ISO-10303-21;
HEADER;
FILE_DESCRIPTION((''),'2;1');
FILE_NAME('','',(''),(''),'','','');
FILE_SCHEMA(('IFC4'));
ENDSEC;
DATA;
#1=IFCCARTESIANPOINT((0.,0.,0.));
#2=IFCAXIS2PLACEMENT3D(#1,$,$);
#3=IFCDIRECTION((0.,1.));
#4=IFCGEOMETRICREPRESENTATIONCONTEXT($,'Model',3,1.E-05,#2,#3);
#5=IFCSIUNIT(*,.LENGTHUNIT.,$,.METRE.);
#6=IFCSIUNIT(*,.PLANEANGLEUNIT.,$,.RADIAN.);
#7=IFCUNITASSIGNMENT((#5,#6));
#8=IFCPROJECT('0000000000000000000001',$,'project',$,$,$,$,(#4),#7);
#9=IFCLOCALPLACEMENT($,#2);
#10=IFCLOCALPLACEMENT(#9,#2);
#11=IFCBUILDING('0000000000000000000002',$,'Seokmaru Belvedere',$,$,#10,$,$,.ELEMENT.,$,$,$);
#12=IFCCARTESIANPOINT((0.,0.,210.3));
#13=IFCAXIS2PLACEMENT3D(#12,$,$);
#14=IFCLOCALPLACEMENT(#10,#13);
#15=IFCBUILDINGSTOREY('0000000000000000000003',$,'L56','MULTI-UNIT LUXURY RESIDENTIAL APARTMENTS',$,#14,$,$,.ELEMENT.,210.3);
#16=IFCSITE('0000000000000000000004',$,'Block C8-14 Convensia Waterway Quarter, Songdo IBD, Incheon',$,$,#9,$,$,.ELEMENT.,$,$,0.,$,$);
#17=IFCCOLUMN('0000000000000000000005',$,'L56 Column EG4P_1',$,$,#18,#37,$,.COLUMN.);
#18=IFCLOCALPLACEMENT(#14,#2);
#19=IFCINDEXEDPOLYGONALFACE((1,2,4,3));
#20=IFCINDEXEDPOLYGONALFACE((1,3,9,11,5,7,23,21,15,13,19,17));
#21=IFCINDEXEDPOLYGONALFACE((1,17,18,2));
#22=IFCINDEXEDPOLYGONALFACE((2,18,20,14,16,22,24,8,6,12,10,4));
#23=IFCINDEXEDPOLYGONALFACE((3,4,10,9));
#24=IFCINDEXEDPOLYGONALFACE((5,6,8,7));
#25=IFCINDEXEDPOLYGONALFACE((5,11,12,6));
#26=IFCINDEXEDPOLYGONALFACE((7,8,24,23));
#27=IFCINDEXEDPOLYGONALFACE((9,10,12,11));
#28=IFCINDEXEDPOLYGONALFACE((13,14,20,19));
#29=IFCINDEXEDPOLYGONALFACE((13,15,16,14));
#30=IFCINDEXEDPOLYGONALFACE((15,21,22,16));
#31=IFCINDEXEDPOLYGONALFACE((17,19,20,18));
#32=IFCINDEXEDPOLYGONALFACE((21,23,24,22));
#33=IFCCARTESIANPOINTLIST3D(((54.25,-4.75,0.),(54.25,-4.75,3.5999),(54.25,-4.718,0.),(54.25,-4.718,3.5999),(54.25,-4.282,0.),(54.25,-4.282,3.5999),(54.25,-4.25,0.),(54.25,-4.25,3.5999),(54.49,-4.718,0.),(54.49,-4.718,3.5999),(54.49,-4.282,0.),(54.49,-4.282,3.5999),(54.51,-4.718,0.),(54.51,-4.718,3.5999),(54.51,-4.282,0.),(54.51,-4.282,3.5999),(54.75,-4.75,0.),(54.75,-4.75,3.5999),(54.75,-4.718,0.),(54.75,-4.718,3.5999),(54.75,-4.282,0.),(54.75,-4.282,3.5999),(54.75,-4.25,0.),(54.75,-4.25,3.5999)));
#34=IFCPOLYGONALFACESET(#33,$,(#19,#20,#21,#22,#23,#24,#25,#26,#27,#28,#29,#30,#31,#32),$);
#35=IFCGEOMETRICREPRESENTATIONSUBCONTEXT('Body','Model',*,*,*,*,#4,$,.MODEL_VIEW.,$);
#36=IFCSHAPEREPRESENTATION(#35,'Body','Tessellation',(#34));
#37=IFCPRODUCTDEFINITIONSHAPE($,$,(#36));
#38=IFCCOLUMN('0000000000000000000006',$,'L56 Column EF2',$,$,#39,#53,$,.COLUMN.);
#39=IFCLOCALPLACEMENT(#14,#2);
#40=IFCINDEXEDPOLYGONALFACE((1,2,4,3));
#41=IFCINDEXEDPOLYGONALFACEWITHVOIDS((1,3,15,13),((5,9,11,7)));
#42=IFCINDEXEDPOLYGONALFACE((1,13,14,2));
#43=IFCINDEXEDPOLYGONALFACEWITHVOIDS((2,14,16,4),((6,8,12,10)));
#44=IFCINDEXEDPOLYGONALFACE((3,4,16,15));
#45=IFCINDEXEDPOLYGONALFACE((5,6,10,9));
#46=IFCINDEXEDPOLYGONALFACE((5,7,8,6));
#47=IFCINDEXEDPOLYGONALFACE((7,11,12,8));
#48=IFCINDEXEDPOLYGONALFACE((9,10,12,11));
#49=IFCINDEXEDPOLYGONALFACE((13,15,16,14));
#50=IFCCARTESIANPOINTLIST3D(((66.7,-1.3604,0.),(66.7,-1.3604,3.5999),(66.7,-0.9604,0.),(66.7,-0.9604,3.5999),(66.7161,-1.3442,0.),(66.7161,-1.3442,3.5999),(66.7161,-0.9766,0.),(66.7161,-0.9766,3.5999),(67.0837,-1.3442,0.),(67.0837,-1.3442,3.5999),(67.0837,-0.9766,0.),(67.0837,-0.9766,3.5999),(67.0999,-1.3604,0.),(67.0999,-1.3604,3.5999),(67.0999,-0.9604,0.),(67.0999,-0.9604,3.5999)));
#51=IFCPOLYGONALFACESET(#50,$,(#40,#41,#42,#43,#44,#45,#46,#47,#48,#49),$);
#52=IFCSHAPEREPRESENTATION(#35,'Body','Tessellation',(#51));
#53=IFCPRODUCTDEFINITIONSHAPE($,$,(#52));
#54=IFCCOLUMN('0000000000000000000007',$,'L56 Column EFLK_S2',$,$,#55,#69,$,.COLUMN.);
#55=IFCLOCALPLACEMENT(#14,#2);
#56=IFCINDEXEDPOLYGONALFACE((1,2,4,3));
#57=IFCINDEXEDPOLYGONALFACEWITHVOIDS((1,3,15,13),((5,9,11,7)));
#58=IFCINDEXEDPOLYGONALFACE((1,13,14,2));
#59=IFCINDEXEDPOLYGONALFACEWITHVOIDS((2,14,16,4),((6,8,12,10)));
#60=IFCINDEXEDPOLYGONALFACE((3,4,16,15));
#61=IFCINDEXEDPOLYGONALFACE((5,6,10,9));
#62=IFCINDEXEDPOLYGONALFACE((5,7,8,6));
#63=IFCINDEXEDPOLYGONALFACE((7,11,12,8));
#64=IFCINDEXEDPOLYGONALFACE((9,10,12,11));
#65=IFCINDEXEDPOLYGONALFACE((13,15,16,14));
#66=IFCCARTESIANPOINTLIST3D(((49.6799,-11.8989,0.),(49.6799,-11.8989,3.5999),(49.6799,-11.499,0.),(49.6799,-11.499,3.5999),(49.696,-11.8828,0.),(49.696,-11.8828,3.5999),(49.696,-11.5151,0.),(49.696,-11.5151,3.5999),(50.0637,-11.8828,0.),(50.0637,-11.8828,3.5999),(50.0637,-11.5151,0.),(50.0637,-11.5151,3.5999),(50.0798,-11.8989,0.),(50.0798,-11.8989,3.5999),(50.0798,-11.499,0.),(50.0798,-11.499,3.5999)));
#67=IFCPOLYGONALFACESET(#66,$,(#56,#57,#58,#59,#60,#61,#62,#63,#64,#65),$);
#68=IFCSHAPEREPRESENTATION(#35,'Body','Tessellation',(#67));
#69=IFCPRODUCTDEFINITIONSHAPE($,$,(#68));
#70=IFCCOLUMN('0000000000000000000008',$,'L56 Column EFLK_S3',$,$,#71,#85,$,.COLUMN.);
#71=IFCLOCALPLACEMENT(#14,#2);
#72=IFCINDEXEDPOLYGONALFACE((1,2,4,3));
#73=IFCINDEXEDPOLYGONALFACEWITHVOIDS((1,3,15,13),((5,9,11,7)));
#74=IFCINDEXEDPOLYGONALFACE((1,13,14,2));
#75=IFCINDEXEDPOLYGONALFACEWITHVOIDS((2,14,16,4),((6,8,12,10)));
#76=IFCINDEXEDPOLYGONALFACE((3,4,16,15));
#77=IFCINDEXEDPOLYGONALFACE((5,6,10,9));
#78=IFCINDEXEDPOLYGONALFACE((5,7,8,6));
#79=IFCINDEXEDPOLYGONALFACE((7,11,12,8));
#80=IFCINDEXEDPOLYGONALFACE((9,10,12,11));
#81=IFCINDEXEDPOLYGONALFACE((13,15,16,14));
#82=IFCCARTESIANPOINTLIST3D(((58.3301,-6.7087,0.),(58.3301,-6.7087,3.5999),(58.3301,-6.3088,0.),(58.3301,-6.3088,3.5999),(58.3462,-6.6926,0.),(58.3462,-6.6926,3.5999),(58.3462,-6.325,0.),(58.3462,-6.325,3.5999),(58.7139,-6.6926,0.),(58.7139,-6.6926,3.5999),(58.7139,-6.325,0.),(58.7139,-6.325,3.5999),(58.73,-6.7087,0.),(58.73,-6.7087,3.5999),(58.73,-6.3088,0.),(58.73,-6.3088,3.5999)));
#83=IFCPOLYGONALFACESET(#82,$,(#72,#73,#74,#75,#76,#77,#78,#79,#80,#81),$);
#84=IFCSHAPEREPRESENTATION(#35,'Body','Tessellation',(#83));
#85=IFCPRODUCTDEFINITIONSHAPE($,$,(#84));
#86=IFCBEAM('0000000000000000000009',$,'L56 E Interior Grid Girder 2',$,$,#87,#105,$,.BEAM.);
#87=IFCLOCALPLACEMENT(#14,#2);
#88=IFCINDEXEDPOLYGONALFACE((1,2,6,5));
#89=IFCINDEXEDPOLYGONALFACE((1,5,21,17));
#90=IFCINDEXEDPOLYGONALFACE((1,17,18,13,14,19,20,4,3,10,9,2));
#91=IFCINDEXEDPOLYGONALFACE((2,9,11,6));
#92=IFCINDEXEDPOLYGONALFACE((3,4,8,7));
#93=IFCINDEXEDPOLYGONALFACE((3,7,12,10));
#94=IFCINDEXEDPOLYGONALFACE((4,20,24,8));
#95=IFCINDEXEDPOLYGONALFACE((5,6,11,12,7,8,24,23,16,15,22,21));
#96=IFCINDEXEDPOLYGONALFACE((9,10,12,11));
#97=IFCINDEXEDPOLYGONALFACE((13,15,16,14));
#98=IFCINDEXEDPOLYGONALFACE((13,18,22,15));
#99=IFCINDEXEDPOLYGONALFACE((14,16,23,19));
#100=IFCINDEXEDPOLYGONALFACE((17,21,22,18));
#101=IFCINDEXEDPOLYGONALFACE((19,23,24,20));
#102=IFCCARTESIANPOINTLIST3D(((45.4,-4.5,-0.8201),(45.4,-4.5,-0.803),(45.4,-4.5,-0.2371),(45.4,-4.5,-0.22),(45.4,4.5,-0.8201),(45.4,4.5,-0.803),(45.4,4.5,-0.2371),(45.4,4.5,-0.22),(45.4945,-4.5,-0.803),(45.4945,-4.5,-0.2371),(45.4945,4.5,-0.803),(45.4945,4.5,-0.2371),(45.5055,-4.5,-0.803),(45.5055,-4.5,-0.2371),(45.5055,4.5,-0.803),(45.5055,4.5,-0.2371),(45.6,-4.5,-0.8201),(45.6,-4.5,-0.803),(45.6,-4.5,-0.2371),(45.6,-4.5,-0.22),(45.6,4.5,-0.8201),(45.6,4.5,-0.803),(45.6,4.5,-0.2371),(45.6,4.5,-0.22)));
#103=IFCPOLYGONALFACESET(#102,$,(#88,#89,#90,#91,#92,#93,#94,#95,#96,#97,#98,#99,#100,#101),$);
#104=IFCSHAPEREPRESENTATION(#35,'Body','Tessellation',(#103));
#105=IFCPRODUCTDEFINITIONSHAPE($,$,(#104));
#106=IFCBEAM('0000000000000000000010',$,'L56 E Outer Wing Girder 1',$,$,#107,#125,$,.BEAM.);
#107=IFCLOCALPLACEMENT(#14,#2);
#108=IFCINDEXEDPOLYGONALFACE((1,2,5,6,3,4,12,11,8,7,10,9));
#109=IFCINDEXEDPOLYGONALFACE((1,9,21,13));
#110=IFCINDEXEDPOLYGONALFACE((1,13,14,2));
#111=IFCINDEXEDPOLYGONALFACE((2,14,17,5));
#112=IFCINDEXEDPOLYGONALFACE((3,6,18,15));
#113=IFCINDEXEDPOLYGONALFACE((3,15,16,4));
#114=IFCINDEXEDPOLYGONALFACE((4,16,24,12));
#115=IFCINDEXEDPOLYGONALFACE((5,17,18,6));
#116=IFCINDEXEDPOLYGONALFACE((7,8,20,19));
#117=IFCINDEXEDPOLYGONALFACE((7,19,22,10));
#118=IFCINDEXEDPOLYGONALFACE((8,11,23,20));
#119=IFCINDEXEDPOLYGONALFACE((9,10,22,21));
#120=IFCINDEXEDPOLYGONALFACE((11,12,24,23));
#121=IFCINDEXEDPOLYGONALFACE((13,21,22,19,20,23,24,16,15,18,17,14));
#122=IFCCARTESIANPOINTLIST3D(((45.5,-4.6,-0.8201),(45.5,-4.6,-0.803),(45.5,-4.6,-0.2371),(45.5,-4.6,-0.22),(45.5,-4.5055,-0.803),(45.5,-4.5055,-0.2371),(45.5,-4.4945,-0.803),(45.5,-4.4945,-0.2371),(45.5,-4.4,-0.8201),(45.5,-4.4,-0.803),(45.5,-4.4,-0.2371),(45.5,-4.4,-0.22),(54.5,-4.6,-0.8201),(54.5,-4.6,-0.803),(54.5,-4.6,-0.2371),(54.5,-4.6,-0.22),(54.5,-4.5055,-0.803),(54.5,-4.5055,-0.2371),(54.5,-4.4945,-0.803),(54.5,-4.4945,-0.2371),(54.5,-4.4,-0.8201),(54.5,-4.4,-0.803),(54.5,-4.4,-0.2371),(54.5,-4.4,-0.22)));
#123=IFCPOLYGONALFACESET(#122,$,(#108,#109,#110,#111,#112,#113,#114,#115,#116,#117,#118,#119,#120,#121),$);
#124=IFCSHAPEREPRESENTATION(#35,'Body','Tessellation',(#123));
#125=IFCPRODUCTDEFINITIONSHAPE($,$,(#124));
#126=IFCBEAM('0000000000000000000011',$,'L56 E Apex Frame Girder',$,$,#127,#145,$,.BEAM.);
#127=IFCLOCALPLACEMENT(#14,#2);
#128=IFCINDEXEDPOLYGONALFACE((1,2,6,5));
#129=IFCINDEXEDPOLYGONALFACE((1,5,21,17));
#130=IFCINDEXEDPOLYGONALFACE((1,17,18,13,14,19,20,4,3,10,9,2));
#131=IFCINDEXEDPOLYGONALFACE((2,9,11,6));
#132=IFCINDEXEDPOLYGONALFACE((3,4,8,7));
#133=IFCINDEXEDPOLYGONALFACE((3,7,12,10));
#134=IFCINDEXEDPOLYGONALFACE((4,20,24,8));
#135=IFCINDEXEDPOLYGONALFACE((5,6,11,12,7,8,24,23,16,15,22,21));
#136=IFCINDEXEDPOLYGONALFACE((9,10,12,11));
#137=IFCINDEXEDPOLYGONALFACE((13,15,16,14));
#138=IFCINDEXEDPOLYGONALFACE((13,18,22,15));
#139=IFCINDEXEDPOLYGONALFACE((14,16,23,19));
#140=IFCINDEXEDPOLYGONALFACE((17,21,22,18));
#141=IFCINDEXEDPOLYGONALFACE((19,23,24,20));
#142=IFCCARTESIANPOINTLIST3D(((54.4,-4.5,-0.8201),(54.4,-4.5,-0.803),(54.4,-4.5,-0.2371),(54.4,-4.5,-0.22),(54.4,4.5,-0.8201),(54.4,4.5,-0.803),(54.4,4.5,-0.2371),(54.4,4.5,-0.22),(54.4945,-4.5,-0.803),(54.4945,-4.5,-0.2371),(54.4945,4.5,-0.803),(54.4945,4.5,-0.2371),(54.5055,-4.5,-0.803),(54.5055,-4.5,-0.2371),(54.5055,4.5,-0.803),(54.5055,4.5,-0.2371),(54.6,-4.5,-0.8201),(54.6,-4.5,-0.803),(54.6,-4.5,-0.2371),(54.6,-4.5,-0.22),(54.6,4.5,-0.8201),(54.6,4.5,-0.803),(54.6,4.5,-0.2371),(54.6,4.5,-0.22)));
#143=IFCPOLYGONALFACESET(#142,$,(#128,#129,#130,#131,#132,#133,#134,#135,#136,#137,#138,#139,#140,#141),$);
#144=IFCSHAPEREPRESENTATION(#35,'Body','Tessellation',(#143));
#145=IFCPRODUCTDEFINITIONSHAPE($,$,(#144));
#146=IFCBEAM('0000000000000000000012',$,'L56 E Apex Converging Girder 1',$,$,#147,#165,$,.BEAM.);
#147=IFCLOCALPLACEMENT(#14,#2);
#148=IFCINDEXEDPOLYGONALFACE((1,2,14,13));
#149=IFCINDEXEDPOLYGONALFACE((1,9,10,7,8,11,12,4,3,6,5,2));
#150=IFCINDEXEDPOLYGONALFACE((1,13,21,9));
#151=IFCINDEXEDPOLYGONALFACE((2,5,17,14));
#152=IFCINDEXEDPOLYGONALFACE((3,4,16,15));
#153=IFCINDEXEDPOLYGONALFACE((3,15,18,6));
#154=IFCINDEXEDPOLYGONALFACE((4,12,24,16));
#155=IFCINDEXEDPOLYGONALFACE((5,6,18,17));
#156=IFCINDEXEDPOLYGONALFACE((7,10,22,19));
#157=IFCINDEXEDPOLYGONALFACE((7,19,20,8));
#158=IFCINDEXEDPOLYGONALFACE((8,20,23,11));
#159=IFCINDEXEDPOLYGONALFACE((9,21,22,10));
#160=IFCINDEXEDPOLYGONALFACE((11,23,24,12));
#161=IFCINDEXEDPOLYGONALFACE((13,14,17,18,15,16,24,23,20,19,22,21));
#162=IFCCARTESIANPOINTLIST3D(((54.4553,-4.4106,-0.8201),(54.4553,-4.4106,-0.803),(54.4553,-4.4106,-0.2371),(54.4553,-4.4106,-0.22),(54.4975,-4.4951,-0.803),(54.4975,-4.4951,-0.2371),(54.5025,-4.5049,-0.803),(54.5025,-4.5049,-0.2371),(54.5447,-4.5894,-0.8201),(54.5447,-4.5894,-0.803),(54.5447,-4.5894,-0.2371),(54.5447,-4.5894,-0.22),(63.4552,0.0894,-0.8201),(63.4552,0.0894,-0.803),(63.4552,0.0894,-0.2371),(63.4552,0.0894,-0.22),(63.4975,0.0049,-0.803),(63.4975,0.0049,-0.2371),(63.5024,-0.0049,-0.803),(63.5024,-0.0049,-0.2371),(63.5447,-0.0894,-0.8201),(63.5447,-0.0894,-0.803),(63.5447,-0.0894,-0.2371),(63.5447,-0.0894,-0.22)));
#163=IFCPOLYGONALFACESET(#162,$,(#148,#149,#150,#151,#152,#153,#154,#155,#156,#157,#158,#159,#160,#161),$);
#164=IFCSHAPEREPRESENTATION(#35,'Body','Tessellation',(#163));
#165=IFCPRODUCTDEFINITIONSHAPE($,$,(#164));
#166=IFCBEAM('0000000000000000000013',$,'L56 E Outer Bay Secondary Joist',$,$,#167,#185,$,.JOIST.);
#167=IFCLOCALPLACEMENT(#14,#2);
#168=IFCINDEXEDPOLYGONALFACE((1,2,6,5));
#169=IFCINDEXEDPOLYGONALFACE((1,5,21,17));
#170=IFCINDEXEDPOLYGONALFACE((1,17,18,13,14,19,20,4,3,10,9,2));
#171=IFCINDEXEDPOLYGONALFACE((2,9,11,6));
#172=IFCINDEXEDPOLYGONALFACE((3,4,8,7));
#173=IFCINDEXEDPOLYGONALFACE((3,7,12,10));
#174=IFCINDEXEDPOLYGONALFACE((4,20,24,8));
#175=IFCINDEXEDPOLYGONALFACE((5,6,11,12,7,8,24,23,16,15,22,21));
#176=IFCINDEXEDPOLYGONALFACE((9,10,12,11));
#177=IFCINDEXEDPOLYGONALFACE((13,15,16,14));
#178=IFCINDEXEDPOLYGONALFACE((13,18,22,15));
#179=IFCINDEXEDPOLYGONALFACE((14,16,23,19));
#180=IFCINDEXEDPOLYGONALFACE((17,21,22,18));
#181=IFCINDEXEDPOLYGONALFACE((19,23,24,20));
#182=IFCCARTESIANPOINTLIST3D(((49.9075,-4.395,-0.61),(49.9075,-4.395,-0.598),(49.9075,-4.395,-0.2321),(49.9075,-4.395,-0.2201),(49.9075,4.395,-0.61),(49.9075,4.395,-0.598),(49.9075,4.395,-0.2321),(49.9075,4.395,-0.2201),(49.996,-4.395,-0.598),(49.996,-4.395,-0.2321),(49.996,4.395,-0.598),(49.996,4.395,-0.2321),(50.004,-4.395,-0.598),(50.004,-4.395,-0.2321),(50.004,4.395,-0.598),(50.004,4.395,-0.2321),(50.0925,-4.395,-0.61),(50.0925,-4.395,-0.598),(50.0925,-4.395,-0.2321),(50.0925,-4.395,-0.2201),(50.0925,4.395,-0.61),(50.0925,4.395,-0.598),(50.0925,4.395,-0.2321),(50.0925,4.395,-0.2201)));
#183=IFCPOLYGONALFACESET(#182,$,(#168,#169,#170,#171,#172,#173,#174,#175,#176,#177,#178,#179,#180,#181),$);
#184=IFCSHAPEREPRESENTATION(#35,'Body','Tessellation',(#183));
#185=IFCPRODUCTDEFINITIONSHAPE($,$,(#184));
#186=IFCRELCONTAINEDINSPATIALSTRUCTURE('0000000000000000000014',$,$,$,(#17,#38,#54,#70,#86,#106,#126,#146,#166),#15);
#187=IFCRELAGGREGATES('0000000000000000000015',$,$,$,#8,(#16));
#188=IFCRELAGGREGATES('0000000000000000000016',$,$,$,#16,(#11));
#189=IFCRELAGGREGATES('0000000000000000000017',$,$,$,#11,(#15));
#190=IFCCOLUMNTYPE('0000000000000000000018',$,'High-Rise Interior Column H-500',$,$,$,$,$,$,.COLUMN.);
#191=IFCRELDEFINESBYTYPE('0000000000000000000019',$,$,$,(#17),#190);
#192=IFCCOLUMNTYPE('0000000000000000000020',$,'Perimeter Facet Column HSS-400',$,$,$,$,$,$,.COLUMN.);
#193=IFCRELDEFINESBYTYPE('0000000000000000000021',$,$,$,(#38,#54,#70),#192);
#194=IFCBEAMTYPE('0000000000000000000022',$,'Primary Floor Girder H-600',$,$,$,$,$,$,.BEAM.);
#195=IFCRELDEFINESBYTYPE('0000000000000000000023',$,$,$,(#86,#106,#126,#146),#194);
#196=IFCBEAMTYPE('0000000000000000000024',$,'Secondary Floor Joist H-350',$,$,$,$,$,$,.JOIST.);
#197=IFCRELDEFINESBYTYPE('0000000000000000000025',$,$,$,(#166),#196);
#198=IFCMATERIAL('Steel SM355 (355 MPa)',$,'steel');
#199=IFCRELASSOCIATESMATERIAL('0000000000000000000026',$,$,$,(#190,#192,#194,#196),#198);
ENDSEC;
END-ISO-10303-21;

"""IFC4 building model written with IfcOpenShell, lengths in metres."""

from ifc_helpers import new_model, si_unit, direction, frame, origin, origin_2d, place, context, subcontext, project, spatial, hollow_rectangle, i_section, extrude, source, transform, mapped, material, material_profile, profile_set, type_object, type_shapes, element, save


model = new_model("IFC4")

# Units and contexts
model_context = context("Model", 3, precision=1e-05, world=origin(), true_north=direction((0.0, 1.0)))
body_context = subcontext(model_context, "Body", "Model", "MODEL_VIEW")
ifc_project = project(units=[si_unit("LENGTHUNIT", "METRE"), si_unit("PLANEANGLEUNIT", "RADIAN")], contexts=[model_context])

# Site, building, storey
site_placement = place(None, origin())
site = spatial("IfcSite", under=ifc_project, at=site_placement, Name="Block C8-14 Convensia Waterway Quarter, Songdo IBD, Incheon", CompositionType="ELEMENT", RefElevation=0.0)
building_placement = place(site_placement, origin())
building = spatial("IfcBuilding", under=site, at=building_placement, Name="Seokmaru Belvedere", CompositionType="ELEMENT")
storey_placement = place(building_placement, frame((0.0, 0.0, 210.3)))
storey = spatial("IfcBuildingStorey", under=building, at=storey_placement, Name="L56", Description="MULTI-UNIT LUXURY RESIDENTIAL APARTMENTS", CompositionType="ELEMENT", Elevation=210.3)

# Columns
ifc_material_1 = material(Name="Steel SM355 (355 MPa)", Category="steel")
ifc_material_profile_1 = material_profile(ifc_material_1, i_section(OverallWidth=0.5, OverallDepth=0.5, WebThickness=0.02, FlangeThickness=0.032, at=origin_2d()), Name="H-500x500x20x32")
ifc_profile_set_1 = profile_set([ifc_material_profile_1], Name="Steel SM355 (355 MPa)")
column_type_1 = type_object("IfcColumnType", Name="High-Rise Interior Column H-500", PredefinedType="COLUMN", material=ifc_profile_set_1)
shared_shape_1 = source(origin(), body_context, "Body", "SweptSolid", [
    extrude(i_section(OverallWidth=0.5, OverallDepth=0.5, WebThickness=0.02, FlangeThickness=0.032, at=origin_2d()), origin(), (0.0, 0.0, 1.0), 3.5999),
])
type_shapes(column_type_1, [shared_shape_1])
column_placement = place(storey_placement, frame((54.5, -4.5, 0.0), z_axis=(0.0, 0.0, 1.0), x_axis=(1.0, 0.0, 0.0)))
element("IfcColumn", 1, at=column_placement, inside=storey, type_object=column_type_1, Name="L56 Column EG4P_1", PredefinedType="COLUMN", context=body_context, shape_type="MappedRepresentation", body=[
    mapped(shared_shape_1, transform((0.0, 0.0, 0.0), scale=1.0)),
])
ifc_material_profile_2 = material_profile(ifc_material_1, hollow_rectangle(XDim=0.3999, YDim=0.3999, WallThickness=0.0161, at=origin_2d()), Name="HSS-400x400x16")
ifc_profile_set_2 = profile_set([ifc_material_profile_2], Name="Steel SM355 (355 MPa)")
column_type_2 = type_object("IfcColumnType", Name="Perimeter Facet Column HSS-400", PredefinedType="COLUMN", material=ifc_profile_set_2)
shared_shape_2 = source(origin(), body_context, "Body", "SweptSolid", [
    extrude(hollow_rectangle(XDim=0.3999, YDim=0.3999, WallThickness=0.0161, at=origin_2d()), origin(), (0.0, 0.0, 1.0), 3.5999),
])
type_shapes(column_type_2, [shared_shape_2])
for number, where, z_axis, x_axis, name in (
    (2, (66.8999, -1.1604, 0.0), (0.0, 0.0, 1.0), (1.0, 0.0, 0.0), "L56 Column EF2"),
    (3, (49.8799, -11.699, 0.0), (0.0, 0.0, 1.0), (1.0, 0.0, 0.0), "L56 Column EFLK_S2"),
    (4, (58.53, -6.5088, 0.0), (0.0, 0.0, 1.0), (1.0, 0.0, 0.0), "L56 Column EFLK_S3"),
):
    element("IfcColumn", number, at=place(storey_placement, frame(where, z_axis=z_axis, x_axis=x_axis)), inside=storey, type_object=column_type_2, Name=name, PredefinedType="COLUMN", context=body_context, shape_type="MappedRepresentation", body=[
        mapped(shared_shape_2, transform((0.0, 0.0, 0.0), scale=1.0)),
    ])

# Beams
ifc_material_profile_3 = material_profile(ifc_material_1, i_section(OverallWidth=0.2, OverallDepth=0.6001, WebThickness=0.011, FlangeThickness=0.0171, at=origin_2d()), Name="H-600x200x11x17")
ifc_profile_set_3 = profile_set([ifc_material_profile_3], Name="Steel SM355 (355 MPa)")
beam_type_1 = type_object("IfcBeamType", Name="Primary Floor Girder H-600", PredefinedType="BEAM", material=ifc_profile_set_3)
shared_shape_3 = source(origin(), body_context, "Body", "SweptSolid", [
    extrude(i_section(OverallWidth=0.2, OverallDepth=0.6001, WebThickness=0.011, FlangeThickness=0.0171, at=origin_2d()), origin(), (0.0, 0.0, 1.0), 9.0),
])
for number, where, z_axis, x_axis, name in (
    (5, (45.5, -4.5, -0.52), (0.0, 1.0, 0.0), (-1.0, 0.0, 0.0), "L56 E Interior Grid Girder 2"),
    (6, (45.5, -4.5, -0.52), (1.0, 0.0, 0.0), (0.0, 1.0, 0.0), "L56 E Outer Wing Girder 1"),
    (7, (54.5, -4.5, -0.52), (0.0, 1.0, 0.0), (-1.0, 0.0, 0.0), "L56 E Apex Frame Girder"),
):
    element("IfcBeam", number, at=place(storey_placement, frame(where, z_axis=z_axis, x_axis=x_axis)), inside=storey, type_object=beam_type_1, Name=name, PredefinedType="BEAM", context=body_context, shape_type="MappedRepresentation", body=[
        mapped(shared_shape_3, transform((0.0, 0.0, 0.0), scale=1.0)),
    ])
shared_shape_4 = source(origin(), body_context, "Body", "SweptSolid", [
    extrude(i_section(OverallWidth=0.2, OverallDepth=0.6001, WebThickness=0.011, FlangeThickness=0.0171, at=origin_2d()), origin(), (0.0, 0.0, 1.0), 10.0623),
])
beam_1_placement = place(storey_placement, frame((54.5, -4.5, -0.52), z_axis=(0.894427, 0.447214, 0.0), x_axis=(-0.447214, 0.894427, 0.0)))
element("IfcBeam", 8, at=beam_1_placement, inside=storey, type_object=beam_type_1, Name="L56 E Apex Converging Girder 1", PredefinedType="BEAM", context=body_context, shape_type="MappedRepresentation", body=[
    mapped(shared_shape_4, transform((0.0, 0.0, 0.0), scale=1.0)),
])
ifc_material_profile_4 = material_profile(ifc_material_1, i_section(OverallWidth=0.1851, OverallDepth=0.3899, WebThickness=0.0081, FlangeThickness=0.012, at=origin_2d()), Name="H-390x185x8x12")
ifc_profile_set_4 = profile_set([ifc_material_profile_4], Name="Steel SM355 (355 MPa)")
beam_type_2 = type_object("IfcBeamType", Name="Secondary Floor Joist H-350", PredefinedType="JOIST", material=ifc_profile_set_4)
shared_shape_5 = source(origin(), body_context, "Body", "SweptSolid", [
    extrude(i_section(OverallWidth=0.1851, OverallDepth=0.3899, WebThickness=0.0081, FlangeThickness=0.012, at=origin_2d()), origin(), (0.0, 0.0, 1.0), 8.79),
])
type_shapes(beam_type_2, [shared_shape_5])
beam_2_placement = place(storey_placement, frame((50.0, -4.395, -0.415), z_axis=(0.0, 1.0, 0.0), x_axis=(-1.0, 0.0, 0.0)))
element("IfcBeam", 9, at=beam_2_placement, inside=storey, type_object=beam_type_2, Name="L56 E Outer Bay Secondary Joist", PredefinedType="JOIST", context=body_context, shape_type="MappedRepresentation", body=[
    mapped(shared_shape_5, transform((0.0, 0.0, 0.0), scale=1.0)),
])

save(model, "model.ifc")
